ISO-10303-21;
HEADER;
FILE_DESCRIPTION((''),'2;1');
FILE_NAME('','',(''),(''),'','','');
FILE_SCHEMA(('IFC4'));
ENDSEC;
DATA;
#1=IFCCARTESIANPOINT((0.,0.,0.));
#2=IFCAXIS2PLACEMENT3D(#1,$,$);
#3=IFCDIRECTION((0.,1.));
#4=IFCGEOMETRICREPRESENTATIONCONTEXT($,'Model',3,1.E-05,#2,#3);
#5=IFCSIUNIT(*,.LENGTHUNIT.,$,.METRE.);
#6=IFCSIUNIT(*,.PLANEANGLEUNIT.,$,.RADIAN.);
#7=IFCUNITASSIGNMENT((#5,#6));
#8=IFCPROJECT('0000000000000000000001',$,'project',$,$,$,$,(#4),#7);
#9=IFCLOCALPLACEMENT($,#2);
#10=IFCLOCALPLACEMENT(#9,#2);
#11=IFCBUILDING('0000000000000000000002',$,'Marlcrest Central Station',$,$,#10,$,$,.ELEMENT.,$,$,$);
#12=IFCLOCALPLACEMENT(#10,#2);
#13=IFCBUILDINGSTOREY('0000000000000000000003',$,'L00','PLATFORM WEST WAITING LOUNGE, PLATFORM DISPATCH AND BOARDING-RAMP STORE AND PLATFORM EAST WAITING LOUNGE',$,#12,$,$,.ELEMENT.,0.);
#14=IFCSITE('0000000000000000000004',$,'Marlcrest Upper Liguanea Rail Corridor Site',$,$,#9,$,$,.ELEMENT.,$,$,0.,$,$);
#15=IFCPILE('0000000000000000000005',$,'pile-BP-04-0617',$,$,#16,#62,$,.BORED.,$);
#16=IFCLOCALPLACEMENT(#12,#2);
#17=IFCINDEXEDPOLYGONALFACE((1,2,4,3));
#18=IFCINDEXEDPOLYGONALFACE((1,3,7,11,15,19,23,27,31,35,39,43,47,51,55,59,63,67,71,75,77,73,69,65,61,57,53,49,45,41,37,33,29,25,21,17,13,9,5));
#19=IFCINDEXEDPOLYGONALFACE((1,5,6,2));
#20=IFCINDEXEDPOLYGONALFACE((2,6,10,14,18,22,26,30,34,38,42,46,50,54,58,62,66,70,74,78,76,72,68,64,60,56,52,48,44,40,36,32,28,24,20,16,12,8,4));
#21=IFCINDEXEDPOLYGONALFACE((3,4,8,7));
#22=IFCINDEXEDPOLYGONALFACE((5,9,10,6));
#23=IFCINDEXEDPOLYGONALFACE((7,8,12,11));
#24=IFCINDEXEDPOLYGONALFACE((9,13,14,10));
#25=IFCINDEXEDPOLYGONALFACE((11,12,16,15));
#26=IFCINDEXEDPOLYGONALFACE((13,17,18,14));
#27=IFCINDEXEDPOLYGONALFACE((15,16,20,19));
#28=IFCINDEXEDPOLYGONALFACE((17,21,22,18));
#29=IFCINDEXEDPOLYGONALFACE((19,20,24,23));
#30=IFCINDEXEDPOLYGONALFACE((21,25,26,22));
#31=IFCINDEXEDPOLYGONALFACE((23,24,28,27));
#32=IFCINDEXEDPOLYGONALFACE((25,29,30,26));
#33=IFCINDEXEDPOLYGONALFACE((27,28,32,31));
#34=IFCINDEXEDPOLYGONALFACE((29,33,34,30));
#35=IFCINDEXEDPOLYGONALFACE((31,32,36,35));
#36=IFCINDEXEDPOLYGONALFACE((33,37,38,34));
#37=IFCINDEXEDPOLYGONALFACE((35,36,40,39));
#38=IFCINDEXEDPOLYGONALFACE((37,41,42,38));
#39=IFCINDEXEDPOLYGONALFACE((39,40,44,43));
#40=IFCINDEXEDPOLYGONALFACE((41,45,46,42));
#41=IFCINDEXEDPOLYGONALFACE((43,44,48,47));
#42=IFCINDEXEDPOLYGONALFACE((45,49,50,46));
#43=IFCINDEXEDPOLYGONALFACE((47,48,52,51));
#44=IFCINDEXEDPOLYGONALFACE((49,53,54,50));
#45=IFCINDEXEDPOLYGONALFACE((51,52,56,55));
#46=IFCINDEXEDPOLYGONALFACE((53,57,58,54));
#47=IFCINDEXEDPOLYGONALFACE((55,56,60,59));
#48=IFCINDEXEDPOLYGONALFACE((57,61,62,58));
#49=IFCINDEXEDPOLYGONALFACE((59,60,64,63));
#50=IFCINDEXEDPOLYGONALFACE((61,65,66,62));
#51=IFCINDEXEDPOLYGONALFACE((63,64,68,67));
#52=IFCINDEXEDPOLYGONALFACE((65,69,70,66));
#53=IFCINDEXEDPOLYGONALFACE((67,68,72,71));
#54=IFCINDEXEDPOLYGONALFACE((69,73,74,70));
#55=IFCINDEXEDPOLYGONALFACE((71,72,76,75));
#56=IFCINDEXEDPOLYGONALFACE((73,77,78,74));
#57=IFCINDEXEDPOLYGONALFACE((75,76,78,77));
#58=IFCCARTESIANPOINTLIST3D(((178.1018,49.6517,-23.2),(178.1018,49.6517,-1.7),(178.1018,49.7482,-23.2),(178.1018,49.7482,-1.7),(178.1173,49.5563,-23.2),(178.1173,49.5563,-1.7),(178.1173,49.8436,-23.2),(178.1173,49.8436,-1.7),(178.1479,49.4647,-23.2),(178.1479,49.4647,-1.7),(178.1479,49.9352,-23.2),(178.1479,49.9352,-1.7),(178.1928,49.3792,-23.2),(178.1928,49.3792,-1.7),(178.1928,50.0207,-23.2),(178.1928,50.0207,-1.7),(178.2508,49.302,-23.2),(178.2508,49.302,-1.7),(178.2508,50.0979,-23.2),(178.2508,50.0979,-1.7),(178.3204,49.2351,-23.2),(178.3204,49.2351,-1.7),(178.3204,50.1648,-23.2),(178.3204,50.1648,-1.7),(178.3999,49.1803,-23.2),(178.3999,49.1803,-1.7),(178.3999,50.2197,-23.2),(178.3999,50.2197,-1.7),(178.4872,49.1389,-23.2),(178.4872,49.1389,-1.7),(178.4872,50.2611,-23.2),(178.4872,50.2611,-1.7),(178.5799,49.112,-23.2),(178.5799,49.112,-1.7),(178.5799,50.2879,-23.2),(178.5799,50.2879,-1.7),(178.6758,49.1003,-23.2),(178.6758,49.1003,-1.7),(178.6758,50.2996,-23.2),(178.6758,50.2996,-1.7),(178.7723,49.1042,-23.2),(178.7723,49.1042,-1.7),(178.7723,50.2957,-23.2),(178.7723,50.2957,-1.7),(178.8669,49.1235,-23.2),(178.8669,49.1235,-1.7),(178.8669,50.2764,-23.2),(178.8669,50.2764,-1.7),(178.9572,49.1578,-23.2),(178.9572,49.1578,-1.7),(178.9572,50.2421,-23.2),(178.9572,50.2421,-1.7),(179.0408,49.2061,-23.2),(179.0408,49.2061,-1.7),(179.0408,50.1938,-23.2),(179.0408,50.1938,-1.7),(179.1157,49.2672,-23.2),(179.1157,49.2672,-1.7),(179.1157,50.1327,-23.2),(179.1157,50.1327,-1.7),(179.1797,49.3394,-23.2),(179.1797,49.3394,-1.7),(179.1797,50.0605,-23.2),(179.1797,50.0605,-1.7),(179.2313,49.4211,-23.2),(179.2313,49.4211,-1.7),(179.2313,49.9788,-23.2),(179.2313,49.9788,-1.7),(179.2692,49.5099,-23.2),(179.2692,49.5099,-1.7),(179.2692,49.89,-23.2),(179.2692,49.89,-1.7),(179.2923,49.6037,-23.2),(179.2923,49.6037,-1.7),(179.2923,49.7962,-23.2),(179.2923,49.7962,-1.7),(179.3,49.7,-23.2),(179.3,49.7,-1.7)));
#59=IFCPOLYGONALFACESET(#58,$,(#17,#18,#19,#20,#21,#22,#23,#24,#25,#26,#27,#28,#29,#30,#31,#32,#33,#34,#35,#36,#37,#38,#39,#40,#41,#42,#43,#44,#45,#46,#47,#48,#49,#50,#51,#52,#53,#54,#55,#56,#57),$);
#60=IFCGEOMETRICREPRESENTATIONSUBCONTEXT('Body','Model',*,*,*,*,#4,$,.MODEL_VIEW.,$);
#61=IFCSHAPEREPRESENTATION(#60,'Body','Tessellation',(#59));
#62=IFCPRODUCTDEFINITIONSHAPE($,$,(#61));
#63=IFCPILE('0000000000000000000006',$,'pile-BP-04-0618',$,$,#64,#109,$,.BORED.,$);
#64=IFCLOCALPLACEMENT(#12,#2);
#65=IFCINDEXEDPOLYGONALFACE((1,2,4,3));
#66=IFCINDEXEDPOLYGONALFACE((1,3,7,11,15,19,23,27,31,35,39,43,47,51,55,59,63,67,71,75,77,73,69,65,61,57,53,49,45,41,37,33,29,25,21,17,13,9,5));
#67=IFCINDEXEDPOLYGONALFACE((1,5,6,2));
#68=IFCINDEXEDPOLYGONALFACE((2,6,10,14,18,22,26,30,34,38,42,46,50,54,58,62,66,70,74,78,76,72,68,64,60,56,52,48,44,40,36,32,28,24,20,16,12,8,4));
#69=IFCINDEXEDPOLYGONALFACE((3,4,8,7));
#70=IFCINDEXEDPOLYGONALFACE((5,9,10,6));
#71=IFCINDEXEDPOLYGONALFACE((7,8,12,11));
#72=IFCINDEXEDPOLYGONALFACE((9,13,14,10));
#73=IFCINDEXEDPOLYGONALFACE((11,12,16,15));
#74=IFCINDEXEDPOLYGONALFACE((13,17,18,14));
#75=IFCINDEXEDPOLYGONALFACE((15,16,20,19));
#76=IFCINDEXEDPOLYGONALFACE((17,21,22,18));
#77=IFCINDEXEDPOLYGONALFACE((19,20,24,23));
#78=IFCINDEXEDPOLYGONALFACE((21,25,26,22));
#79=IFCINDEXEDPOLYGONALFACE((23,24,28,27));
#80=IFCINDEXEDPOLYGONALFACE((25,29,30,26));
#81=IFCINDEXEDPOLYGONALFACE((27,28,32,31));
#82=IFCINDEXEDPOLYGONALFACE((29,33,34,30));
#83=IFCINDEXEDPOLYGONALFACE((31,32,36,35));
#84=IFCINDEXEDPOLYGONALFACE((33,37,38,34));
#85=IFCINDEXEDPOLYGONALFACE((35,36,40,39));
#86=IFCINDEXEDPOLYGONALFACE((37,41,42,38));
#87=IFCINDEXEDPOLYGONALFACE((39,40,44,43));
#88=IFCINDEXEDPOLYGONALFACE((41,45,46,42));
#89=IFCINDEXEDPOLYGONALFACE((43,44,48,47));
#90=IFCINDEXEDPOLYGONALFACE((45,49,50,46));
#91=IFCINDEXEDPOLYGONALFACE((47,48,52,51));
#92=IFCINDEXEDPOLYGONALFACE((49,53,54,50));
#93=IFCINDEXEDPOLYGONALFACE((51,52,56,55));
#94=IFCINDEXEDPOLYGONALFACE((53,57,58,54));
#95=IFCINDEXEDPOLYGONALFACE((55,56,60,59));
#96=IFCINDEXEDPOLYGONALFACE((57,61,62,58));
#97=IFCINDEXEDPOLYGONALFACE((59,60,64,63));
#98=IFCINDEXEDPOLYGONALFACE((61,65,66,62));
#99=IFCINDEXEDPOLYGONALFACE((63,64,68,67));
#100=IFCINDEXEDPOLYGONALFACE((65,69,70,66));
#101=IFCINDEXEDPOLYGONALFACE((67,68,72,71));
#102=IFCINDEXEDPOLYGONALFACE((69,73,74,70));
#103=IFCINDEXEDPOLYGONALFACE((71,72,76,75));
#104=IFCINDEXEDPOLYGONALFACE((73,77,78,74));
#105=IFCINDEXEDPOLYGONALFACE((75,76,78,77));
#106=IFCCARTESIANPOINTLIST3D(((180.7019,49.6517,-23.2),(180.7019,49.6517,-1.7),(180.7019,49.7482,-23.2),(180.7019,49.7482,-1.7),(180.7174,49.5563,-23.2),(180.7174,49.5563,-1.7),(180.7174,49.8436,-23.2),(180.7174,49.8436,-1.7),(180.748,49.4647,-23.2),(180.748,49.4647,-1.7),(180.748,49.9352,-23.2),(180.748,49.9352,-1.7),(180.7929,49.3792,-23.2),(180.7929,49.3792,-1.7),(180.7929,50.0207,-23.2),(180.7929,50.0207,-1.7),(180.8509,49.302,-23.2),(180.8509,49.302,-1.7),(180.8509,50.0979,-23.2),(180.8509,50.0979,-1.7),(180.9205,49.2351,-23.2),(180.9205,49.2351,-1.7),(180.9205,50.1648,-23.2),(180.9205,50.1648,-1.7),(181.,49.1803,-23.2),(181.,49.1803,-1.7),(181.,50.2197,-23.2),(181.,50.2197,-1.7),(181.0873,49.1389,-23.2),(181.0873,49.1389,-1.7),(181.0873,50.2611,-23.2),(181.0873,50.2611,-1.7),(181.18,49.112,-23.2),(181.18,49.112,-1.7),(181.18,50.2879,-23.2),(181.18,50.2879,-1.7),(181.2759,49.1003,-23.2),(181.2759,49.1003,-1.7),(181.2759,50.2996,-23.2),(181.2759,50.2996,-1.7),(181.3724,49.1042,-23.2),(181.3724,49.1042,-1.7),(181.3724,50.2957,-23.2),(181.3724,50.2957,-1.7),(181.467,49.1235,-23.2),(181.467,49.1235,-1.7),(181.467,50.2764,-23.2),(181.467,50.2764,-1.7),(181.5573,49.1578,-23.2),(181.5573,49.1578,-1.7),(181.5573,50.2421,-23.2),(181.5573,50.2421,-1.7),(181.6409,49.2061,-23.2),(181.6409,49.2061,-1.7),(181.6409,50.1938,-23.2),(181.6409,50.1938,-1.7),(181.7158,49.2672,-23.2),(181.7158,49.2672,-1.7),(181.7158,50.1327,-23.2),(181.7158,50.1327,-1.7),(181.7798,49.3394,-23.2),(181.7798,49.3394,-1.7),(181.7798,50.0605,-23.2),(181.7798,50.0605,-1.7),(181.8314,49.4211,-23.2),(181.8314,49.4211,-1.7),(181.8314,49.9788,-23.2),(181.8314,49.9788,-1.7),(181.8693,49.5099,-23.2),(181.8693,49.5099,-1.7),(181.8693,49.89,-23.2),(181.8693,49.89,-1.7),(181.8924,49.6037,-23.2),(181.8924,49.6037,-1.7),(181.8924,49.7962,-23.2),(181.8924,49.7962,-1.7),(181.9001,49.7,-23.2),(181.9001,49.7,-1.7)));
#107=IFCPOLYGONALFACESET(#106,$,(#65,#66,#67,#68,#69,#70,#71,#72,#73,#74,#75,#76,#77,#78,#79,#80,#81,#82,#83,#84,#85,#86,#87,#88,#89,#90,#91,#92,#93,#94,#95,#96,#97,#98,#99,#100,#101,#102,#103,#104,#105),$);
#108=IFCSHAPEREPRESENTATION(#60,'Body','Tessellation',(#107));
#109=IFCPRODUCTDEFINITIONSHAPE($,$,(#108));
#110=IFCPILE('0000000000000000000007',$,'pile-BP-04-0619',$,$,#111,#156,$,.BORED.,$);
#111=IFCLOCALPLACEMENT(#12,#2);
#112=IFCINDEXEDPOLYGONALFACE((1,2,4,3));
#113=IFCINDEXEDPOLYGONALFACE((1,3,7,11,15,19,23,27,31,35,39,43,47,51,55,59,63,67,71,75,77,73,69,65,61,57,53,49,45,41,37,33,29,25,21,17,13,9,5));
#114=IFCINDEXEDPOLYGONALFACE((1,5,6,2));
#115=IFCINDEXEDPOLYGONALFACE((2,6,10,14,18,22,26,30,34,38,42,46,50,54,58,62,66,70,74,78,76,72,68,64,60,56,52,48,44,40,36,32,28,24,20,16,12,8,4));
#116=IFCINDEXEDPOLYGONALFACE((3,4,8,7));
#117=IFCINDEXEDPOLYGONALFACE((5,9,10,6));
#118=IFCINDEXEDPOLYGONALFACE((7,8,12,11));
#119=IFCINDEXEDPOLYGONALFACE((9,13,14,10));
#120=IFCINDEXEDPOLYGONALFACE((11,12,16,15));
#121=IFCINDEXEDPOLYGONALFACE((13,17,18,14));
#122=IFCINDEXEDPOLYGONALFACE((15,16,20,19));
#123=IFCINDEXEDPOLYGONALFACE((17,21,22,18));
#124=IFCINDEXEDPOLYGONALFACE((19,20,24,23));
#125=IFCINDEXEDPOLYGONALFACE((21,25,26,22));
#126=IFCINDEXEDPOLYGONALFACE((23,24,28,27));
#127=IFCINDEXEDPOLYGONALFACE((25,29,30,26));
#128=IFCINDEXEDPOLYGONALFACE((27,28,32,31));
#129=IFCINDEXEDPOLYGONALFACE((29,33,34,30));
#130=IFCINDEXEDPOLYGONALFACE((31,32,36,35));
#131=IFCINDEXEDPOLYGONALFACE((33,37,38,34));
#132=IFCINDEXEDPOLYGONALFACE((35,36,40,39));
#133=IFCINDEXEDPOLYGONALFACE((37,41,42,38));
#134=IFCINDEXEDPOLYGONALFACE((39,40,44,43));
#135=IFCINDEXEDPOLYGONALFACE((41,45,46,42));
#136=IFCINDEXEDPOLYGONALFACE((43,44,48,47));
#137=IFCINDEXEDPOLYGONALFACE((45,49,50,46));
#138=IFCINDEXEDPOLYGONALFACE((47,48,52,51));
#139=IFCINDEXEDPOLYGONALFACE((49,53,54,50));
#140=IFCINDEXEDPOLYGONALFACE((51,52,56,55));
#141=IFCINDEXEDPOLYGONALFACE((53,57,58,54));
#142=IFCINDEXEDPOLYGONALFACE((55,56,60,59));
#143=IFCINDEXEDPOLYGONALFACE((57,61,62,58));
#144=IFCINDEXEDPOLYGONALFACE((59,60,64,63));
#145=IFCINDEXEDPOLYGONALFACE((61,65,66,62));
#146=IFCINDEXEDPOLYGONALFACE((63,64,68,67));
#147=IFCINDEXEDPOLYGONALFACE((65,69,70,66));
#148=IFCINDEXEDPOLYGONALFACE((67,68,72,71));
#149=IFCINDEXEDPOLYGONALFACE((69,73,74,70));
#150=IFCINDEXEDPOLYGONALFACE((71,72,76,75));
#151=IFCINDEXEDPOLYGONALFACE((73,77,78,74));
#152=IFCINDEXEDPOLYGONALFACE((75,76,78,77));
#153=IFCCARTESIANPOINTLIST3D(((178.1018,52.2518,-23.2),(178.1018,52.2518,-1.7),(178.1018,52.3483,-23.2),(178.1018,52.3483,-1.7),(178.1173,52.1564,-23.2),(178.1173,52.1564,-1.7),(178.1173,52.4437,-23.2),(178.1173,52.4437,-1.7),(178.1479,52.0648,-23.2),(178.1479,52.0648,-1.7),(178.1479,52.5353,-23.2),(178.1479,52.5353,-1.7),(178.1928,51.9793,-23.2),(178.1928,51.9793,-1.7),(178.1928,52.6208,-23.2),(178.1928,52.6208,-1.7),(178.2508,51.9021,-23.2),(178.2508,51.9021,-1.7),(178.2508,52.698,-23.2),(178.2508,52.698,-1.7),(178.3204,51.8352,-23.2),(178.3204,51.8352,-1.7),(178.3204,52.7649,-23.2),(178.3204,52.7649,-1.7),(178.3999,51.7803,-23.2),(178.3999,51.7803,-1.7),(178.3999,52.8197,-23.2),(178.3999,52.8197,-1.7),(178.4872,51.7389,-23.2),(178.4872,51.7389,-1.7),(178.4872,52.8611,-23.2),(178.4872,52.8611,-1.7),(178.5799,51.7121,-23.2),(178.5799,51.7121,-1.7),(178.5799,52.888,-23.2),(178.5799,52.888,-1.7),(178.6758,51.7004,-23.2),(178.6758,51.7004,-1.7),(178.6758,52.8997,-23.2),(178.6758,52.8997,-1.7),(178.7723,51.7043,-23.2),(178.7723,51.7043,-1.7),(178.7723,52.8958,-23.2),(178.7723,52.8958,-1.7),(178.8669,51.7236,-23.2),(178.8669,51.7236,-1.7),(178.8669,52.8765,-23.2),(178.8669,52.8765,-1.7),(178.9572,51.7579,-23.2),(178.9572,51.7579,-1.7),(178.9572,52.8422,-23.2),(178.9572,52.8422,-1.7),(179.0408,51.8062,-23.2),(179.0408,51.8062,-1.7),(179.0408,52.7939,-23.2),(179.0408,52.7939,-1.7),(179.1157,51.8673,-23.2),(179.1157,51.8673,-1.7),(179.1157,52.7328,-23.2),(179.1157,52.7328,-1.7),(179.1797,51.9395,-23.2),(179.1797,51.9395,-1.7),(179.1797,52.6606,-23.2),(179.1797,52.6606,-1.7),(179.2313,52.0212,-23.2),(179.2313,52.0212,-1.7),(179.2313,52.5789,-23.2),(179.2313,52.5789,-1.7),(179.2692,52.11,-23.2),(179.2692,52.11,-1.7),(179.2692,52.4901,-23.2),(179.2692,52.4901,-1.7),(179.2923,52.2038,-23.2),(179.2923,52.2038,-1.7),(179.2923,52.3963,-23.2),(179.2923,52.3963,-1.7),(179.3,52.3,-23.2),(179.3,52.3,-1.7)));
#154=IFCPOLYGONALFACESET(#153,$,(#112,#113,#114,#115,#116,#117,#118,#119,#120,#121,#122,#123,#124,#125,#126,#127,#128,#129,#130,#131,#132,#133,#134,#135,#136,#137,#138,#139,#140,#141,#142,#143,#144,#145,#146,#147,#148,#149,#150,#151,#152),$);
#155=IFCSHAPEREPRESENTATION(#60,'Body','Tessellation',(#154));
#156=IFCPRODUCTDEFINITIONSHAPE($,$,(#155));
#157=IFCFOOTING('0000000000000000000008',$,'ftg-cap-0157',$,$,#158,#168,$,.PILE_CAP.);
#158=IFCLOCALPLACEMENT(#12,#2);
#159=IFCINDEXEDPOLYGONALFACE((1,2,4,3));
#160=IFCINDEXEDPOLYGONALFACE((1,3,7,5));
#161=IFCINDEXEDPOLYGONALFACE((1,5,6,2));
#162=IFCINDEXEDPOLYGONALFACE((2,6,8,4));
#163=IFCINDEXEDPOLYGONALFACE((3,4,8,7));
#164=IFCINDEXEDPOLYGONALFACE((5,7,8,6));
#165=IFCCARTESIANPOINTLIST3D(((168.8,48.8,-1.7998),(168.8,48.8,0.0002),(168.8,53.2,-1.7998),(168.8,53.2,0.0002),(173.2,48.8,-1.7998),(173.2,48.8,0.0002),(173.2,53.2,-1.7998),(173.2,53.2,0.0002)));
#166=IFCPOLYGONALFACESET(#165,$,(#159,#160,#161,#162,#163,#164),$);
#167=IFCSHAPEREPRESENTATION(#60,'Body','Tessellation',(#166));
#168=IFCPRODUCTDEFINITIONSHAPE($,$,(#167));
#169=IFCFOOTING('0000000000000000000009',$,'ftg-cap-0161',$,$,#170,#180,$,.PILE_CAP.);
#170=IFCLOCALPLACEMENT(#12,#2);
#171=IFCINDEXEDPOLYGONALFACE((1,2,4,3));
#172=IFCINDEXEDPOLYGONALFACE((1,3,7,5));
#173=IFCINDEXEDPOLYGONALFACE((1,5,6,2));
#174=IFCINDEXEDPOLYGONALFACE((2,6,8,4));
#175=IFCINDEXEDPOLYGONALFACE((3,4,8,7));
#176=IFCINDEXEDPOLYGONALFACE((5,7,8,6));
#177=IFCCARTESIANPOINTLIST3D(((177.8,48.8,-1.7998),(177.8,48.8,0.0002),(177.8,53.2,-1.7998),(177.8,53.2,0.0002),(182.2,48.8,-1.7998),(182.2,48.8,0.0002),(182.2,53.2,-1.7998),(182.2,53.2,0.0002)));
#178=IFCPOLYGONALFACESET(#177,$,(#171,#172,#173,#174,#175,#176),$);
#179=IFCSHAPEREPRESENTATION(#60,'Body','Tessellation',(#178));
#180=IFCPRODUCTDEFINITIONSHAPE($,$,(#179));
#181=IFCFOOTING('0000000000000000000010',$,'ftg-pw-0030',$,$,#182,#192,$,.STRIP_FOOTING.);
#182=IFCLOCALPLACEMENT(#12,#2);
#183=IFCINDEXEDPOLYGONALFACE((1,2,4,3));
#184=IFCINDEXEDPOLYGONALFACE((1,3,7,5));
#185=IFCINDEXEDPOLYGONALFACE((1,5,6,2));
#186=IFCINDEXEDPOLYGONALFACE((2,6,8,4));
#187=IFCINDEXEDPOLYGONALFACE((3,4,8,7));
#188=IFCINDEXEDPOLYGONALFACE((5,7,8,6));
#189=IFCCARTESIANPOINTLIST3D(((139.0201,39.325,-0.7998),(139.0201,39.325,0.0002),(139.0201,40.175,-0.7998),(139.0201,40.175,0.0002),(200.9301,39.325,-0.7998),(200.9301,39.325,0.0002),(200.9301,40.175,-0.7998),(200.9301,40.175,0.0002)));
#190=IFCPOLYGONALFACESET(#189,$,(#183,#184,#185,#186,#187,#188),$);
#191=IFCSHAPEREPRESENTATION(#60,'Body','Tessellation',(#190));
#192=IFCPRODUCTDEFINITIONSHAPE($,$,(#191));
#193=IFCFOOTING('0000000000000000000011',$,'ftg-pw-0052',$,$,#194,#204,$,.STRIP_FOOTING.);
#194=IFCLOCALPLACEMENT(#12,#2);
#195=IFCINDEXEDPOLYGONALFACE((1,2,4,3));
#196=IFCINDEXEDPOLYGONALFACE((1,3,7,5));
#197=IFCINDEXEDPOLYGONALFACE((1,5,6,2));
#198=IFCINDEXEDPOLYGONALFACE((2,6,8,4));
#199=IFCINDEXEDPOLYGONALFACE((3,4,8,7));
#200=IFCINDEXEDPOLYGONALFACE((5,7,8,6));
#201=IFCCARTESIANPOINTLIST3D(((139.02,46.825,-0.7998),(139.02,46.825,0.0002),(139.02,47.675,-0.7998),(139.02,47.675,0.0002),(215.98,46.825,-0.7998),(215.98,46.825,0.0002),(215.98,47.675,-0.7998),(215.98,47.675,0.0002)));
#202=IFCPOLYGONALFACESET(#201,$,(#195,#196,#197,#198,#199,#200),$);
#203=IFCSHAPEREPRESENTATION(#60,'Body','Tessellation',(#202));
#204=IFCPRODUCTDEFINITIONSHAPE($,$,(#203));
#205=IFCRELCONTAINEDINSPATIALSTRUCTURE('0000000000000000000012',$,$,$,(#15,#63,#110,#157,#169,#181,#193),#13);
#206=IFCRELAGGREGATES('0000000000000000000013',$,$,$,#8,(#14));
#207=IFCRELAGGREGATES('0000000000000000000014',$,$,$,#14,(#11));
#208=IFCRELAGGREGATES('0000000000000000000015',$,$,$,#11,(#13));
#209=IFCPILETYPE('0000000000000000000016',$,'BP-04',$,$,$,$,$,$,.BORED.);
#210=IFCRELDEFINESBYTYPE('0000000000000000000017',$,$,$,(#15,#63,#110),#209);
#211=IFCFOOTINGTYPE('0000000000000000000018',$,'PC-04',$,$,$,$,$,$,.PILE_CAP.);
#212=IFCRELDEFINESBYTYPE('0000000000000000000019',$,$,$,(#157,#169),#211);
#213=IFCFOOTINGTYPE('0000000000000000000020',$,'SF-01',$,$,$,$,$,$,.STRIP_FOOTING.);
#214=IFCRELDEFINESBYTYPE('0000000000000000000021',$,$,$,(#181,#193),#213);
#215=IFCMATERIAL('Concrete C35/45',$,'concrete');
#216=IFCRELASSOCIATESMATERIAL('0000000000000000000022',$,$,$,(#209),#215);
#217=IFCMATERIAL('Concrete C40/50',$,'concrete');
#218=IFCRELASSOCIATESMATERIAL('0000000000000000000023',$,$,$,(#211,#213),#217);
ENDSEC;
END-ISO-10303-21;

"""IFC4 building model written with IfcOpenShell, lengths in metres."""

from ifc_helpers import new_model, si_unit, direction, frame, origin, origin_2d, place, context, subcontext, project, spatial, rectangle, circle, extrude, material, material_profile, profile_set, type_object, element, save


model = new_model("IFC4")

# Units and contexts
model_context = context("Model", 3, precision=1e-05, world=origin(), true_north=direction((0.0, 1.0)))
body_context = subcontext(model_context, "Body", "Model", "MODEL_VIEW")
ifc_project = project(units=[si_unit("LENGTHUNIT", "METRE"), si_unit("PLANEANGLEUNIT", "RADIAN")], contexts=[model_context])

# Site, building, storey
site_placement = place(None, origin())
site = spatial("IfcSite", under=ifc_project, at=site_placement, Name="Marlcrest Upper Liguanea Rail Corridor Site", CompositionType="ELEMENT", RefElevation=0.0)
building_placement = place(site_placement, origin())
building = spatial("IfcBuilding", under=site, at=building_placement, Name="Marlcrest Central Station", CompositionType="ELEMENT")
storey_placement = place(building_placement, origin())
storey = spatial("IfcBuildingStorey", under=building, at=storey_placement, Name="L00", Description="PLATFORM WEST WAITING LOUNGE, PLATFORM DISPATCH AND BOARDING-RAMP STORE AND PLATFORM EAST WAITING LOUNGE", CompositionType="ELEMENT", Elevation=0.0)

# Piles
ifc_material_1 = material(Name="Concrete C35/45", Category="concrete")
ifc_material_profile_1 = material_profile(ifc_material_1, circle(Radius=0.6001, at=origin_2d()), Name="PILE D1200")
ifc_profile_set_1 = profile_set([ifc_material_profile_1], Name="Concrete C35/45")
pile_type = type_object("IfcPileType", Name="BP-04", PredefinedType="BORED", material=ifc_profile_set_1)
for number, where, z_axis, x_axis, name in (
    (1, (178.7, 49.7, -1.7), (0.0, 0.0, -1.0), (1.0, 0.0, 0.0), "pile-BP-04-0617"),
    (2, (181.3, 49.7, -1.7), (0.0, 0.0, -1.0), (1.0, 0.0, 0.0), "pile-BP-04-0618"),
    (3, (178.7, 52.3, -1.7), (0.0, 0.0, -1.0), (1.0, 0.0, 0.0), "pile-BP-04-0619"),
):
    element("IfcPile", number, at=place(storey_placement, frame(where, z_axis=z_axis, x_axis=x_axis)), inside=storey, type_object=pile_type, Name=name, PredefinedType="BORED", context=body_context, shape_type="SweptSolid", body=[
        extrude(circle(Radius=0.6001, at=origin_2d()), origin(), (0.0, 0.0, 1.0), 21.5),
    ])

# Footings
ifc_material_2 = material(Name="Concrete C40/50", Category="concrete")
footing_type_1 = type_object("IfcFootingType", Name="PC-04", PredefinedType="PILE_CAP", material=ifc_material_2)
for number, where, z_axis, x_axis, name in (
    (4, (171.0, 51.0, -1.7998), (0.0, 0.0, 1.0), (1.0, 0.0, 0.0), "ftg-cap-0157"),
    (5, (180.0, 51.0, -1.7998), (0.0, 0.0, 1.0), (1.0, 0.0, 0.0), "ftg-cap-0161"),
):
    element("IfcFooting", number, at=place(storey_placement, frame(where, z_axis=z_axis, x_axis=x_axis)), inside=storey, type_object=footing_type_1, Name=name, PredefinedType="PILE_CAP", context=body_context, shape_type="SweptSolid", body=[
        extrude(rectangle(XDim=4.3999, YDim=4.3999, at=origin_2d()), origin(), (0.0, 0.0, 1.0), 1.8),
    ])
footing_type_2 = type_object("IfcFootingType", Name="SF-01", PredefinedType="STRIP_FOOTING", material=ifc_material_2)
footing_placement = place(storey_placement, frame((169.9751, 39.75, -0.7998), z_axis=(0.0, 0.0, 1.0), x_axis=(1.0, 0.0, 0.0)))
element("IfcFooting", 6, at=footing_placement, inside=storey, type_object=footing_type_2, Name="ftg-pw-0030", PredefinedType="STRIP_FOOTING", context=body_context, shape_type="SweptSolid", body=[
    extrude(rectangle(XDim=61.9099, YDim=0.8501, at=origin_2d()), origin(), (0.0, 0.0, 1.0), 0.8),
])
for number, where, z_axis, x_axis, name in (
    (7, (177.5, 47.25, -0.7998), (0.0, 0.0, 1.0), (1.0, 0.0, 0.0), "ftg-pw-0052"),
):
    element("IfcFooting", number, at=place(storey_placement, frame(where, z_axis=z_axis, x_axis=x_axis)), inside=storey, type_object=footing_type_2, Name=name, PredefinedType="STRIP_FOOTING", context=body_context, shape_type="SweptSolid", body=[
        extrude(rectangle(XDim=76.96, YDim=0.8501, at=origin_2d()), origin(), (0.0, 0.0, 1.0), 0.8),
    ])

save(model, "model.ifc")
